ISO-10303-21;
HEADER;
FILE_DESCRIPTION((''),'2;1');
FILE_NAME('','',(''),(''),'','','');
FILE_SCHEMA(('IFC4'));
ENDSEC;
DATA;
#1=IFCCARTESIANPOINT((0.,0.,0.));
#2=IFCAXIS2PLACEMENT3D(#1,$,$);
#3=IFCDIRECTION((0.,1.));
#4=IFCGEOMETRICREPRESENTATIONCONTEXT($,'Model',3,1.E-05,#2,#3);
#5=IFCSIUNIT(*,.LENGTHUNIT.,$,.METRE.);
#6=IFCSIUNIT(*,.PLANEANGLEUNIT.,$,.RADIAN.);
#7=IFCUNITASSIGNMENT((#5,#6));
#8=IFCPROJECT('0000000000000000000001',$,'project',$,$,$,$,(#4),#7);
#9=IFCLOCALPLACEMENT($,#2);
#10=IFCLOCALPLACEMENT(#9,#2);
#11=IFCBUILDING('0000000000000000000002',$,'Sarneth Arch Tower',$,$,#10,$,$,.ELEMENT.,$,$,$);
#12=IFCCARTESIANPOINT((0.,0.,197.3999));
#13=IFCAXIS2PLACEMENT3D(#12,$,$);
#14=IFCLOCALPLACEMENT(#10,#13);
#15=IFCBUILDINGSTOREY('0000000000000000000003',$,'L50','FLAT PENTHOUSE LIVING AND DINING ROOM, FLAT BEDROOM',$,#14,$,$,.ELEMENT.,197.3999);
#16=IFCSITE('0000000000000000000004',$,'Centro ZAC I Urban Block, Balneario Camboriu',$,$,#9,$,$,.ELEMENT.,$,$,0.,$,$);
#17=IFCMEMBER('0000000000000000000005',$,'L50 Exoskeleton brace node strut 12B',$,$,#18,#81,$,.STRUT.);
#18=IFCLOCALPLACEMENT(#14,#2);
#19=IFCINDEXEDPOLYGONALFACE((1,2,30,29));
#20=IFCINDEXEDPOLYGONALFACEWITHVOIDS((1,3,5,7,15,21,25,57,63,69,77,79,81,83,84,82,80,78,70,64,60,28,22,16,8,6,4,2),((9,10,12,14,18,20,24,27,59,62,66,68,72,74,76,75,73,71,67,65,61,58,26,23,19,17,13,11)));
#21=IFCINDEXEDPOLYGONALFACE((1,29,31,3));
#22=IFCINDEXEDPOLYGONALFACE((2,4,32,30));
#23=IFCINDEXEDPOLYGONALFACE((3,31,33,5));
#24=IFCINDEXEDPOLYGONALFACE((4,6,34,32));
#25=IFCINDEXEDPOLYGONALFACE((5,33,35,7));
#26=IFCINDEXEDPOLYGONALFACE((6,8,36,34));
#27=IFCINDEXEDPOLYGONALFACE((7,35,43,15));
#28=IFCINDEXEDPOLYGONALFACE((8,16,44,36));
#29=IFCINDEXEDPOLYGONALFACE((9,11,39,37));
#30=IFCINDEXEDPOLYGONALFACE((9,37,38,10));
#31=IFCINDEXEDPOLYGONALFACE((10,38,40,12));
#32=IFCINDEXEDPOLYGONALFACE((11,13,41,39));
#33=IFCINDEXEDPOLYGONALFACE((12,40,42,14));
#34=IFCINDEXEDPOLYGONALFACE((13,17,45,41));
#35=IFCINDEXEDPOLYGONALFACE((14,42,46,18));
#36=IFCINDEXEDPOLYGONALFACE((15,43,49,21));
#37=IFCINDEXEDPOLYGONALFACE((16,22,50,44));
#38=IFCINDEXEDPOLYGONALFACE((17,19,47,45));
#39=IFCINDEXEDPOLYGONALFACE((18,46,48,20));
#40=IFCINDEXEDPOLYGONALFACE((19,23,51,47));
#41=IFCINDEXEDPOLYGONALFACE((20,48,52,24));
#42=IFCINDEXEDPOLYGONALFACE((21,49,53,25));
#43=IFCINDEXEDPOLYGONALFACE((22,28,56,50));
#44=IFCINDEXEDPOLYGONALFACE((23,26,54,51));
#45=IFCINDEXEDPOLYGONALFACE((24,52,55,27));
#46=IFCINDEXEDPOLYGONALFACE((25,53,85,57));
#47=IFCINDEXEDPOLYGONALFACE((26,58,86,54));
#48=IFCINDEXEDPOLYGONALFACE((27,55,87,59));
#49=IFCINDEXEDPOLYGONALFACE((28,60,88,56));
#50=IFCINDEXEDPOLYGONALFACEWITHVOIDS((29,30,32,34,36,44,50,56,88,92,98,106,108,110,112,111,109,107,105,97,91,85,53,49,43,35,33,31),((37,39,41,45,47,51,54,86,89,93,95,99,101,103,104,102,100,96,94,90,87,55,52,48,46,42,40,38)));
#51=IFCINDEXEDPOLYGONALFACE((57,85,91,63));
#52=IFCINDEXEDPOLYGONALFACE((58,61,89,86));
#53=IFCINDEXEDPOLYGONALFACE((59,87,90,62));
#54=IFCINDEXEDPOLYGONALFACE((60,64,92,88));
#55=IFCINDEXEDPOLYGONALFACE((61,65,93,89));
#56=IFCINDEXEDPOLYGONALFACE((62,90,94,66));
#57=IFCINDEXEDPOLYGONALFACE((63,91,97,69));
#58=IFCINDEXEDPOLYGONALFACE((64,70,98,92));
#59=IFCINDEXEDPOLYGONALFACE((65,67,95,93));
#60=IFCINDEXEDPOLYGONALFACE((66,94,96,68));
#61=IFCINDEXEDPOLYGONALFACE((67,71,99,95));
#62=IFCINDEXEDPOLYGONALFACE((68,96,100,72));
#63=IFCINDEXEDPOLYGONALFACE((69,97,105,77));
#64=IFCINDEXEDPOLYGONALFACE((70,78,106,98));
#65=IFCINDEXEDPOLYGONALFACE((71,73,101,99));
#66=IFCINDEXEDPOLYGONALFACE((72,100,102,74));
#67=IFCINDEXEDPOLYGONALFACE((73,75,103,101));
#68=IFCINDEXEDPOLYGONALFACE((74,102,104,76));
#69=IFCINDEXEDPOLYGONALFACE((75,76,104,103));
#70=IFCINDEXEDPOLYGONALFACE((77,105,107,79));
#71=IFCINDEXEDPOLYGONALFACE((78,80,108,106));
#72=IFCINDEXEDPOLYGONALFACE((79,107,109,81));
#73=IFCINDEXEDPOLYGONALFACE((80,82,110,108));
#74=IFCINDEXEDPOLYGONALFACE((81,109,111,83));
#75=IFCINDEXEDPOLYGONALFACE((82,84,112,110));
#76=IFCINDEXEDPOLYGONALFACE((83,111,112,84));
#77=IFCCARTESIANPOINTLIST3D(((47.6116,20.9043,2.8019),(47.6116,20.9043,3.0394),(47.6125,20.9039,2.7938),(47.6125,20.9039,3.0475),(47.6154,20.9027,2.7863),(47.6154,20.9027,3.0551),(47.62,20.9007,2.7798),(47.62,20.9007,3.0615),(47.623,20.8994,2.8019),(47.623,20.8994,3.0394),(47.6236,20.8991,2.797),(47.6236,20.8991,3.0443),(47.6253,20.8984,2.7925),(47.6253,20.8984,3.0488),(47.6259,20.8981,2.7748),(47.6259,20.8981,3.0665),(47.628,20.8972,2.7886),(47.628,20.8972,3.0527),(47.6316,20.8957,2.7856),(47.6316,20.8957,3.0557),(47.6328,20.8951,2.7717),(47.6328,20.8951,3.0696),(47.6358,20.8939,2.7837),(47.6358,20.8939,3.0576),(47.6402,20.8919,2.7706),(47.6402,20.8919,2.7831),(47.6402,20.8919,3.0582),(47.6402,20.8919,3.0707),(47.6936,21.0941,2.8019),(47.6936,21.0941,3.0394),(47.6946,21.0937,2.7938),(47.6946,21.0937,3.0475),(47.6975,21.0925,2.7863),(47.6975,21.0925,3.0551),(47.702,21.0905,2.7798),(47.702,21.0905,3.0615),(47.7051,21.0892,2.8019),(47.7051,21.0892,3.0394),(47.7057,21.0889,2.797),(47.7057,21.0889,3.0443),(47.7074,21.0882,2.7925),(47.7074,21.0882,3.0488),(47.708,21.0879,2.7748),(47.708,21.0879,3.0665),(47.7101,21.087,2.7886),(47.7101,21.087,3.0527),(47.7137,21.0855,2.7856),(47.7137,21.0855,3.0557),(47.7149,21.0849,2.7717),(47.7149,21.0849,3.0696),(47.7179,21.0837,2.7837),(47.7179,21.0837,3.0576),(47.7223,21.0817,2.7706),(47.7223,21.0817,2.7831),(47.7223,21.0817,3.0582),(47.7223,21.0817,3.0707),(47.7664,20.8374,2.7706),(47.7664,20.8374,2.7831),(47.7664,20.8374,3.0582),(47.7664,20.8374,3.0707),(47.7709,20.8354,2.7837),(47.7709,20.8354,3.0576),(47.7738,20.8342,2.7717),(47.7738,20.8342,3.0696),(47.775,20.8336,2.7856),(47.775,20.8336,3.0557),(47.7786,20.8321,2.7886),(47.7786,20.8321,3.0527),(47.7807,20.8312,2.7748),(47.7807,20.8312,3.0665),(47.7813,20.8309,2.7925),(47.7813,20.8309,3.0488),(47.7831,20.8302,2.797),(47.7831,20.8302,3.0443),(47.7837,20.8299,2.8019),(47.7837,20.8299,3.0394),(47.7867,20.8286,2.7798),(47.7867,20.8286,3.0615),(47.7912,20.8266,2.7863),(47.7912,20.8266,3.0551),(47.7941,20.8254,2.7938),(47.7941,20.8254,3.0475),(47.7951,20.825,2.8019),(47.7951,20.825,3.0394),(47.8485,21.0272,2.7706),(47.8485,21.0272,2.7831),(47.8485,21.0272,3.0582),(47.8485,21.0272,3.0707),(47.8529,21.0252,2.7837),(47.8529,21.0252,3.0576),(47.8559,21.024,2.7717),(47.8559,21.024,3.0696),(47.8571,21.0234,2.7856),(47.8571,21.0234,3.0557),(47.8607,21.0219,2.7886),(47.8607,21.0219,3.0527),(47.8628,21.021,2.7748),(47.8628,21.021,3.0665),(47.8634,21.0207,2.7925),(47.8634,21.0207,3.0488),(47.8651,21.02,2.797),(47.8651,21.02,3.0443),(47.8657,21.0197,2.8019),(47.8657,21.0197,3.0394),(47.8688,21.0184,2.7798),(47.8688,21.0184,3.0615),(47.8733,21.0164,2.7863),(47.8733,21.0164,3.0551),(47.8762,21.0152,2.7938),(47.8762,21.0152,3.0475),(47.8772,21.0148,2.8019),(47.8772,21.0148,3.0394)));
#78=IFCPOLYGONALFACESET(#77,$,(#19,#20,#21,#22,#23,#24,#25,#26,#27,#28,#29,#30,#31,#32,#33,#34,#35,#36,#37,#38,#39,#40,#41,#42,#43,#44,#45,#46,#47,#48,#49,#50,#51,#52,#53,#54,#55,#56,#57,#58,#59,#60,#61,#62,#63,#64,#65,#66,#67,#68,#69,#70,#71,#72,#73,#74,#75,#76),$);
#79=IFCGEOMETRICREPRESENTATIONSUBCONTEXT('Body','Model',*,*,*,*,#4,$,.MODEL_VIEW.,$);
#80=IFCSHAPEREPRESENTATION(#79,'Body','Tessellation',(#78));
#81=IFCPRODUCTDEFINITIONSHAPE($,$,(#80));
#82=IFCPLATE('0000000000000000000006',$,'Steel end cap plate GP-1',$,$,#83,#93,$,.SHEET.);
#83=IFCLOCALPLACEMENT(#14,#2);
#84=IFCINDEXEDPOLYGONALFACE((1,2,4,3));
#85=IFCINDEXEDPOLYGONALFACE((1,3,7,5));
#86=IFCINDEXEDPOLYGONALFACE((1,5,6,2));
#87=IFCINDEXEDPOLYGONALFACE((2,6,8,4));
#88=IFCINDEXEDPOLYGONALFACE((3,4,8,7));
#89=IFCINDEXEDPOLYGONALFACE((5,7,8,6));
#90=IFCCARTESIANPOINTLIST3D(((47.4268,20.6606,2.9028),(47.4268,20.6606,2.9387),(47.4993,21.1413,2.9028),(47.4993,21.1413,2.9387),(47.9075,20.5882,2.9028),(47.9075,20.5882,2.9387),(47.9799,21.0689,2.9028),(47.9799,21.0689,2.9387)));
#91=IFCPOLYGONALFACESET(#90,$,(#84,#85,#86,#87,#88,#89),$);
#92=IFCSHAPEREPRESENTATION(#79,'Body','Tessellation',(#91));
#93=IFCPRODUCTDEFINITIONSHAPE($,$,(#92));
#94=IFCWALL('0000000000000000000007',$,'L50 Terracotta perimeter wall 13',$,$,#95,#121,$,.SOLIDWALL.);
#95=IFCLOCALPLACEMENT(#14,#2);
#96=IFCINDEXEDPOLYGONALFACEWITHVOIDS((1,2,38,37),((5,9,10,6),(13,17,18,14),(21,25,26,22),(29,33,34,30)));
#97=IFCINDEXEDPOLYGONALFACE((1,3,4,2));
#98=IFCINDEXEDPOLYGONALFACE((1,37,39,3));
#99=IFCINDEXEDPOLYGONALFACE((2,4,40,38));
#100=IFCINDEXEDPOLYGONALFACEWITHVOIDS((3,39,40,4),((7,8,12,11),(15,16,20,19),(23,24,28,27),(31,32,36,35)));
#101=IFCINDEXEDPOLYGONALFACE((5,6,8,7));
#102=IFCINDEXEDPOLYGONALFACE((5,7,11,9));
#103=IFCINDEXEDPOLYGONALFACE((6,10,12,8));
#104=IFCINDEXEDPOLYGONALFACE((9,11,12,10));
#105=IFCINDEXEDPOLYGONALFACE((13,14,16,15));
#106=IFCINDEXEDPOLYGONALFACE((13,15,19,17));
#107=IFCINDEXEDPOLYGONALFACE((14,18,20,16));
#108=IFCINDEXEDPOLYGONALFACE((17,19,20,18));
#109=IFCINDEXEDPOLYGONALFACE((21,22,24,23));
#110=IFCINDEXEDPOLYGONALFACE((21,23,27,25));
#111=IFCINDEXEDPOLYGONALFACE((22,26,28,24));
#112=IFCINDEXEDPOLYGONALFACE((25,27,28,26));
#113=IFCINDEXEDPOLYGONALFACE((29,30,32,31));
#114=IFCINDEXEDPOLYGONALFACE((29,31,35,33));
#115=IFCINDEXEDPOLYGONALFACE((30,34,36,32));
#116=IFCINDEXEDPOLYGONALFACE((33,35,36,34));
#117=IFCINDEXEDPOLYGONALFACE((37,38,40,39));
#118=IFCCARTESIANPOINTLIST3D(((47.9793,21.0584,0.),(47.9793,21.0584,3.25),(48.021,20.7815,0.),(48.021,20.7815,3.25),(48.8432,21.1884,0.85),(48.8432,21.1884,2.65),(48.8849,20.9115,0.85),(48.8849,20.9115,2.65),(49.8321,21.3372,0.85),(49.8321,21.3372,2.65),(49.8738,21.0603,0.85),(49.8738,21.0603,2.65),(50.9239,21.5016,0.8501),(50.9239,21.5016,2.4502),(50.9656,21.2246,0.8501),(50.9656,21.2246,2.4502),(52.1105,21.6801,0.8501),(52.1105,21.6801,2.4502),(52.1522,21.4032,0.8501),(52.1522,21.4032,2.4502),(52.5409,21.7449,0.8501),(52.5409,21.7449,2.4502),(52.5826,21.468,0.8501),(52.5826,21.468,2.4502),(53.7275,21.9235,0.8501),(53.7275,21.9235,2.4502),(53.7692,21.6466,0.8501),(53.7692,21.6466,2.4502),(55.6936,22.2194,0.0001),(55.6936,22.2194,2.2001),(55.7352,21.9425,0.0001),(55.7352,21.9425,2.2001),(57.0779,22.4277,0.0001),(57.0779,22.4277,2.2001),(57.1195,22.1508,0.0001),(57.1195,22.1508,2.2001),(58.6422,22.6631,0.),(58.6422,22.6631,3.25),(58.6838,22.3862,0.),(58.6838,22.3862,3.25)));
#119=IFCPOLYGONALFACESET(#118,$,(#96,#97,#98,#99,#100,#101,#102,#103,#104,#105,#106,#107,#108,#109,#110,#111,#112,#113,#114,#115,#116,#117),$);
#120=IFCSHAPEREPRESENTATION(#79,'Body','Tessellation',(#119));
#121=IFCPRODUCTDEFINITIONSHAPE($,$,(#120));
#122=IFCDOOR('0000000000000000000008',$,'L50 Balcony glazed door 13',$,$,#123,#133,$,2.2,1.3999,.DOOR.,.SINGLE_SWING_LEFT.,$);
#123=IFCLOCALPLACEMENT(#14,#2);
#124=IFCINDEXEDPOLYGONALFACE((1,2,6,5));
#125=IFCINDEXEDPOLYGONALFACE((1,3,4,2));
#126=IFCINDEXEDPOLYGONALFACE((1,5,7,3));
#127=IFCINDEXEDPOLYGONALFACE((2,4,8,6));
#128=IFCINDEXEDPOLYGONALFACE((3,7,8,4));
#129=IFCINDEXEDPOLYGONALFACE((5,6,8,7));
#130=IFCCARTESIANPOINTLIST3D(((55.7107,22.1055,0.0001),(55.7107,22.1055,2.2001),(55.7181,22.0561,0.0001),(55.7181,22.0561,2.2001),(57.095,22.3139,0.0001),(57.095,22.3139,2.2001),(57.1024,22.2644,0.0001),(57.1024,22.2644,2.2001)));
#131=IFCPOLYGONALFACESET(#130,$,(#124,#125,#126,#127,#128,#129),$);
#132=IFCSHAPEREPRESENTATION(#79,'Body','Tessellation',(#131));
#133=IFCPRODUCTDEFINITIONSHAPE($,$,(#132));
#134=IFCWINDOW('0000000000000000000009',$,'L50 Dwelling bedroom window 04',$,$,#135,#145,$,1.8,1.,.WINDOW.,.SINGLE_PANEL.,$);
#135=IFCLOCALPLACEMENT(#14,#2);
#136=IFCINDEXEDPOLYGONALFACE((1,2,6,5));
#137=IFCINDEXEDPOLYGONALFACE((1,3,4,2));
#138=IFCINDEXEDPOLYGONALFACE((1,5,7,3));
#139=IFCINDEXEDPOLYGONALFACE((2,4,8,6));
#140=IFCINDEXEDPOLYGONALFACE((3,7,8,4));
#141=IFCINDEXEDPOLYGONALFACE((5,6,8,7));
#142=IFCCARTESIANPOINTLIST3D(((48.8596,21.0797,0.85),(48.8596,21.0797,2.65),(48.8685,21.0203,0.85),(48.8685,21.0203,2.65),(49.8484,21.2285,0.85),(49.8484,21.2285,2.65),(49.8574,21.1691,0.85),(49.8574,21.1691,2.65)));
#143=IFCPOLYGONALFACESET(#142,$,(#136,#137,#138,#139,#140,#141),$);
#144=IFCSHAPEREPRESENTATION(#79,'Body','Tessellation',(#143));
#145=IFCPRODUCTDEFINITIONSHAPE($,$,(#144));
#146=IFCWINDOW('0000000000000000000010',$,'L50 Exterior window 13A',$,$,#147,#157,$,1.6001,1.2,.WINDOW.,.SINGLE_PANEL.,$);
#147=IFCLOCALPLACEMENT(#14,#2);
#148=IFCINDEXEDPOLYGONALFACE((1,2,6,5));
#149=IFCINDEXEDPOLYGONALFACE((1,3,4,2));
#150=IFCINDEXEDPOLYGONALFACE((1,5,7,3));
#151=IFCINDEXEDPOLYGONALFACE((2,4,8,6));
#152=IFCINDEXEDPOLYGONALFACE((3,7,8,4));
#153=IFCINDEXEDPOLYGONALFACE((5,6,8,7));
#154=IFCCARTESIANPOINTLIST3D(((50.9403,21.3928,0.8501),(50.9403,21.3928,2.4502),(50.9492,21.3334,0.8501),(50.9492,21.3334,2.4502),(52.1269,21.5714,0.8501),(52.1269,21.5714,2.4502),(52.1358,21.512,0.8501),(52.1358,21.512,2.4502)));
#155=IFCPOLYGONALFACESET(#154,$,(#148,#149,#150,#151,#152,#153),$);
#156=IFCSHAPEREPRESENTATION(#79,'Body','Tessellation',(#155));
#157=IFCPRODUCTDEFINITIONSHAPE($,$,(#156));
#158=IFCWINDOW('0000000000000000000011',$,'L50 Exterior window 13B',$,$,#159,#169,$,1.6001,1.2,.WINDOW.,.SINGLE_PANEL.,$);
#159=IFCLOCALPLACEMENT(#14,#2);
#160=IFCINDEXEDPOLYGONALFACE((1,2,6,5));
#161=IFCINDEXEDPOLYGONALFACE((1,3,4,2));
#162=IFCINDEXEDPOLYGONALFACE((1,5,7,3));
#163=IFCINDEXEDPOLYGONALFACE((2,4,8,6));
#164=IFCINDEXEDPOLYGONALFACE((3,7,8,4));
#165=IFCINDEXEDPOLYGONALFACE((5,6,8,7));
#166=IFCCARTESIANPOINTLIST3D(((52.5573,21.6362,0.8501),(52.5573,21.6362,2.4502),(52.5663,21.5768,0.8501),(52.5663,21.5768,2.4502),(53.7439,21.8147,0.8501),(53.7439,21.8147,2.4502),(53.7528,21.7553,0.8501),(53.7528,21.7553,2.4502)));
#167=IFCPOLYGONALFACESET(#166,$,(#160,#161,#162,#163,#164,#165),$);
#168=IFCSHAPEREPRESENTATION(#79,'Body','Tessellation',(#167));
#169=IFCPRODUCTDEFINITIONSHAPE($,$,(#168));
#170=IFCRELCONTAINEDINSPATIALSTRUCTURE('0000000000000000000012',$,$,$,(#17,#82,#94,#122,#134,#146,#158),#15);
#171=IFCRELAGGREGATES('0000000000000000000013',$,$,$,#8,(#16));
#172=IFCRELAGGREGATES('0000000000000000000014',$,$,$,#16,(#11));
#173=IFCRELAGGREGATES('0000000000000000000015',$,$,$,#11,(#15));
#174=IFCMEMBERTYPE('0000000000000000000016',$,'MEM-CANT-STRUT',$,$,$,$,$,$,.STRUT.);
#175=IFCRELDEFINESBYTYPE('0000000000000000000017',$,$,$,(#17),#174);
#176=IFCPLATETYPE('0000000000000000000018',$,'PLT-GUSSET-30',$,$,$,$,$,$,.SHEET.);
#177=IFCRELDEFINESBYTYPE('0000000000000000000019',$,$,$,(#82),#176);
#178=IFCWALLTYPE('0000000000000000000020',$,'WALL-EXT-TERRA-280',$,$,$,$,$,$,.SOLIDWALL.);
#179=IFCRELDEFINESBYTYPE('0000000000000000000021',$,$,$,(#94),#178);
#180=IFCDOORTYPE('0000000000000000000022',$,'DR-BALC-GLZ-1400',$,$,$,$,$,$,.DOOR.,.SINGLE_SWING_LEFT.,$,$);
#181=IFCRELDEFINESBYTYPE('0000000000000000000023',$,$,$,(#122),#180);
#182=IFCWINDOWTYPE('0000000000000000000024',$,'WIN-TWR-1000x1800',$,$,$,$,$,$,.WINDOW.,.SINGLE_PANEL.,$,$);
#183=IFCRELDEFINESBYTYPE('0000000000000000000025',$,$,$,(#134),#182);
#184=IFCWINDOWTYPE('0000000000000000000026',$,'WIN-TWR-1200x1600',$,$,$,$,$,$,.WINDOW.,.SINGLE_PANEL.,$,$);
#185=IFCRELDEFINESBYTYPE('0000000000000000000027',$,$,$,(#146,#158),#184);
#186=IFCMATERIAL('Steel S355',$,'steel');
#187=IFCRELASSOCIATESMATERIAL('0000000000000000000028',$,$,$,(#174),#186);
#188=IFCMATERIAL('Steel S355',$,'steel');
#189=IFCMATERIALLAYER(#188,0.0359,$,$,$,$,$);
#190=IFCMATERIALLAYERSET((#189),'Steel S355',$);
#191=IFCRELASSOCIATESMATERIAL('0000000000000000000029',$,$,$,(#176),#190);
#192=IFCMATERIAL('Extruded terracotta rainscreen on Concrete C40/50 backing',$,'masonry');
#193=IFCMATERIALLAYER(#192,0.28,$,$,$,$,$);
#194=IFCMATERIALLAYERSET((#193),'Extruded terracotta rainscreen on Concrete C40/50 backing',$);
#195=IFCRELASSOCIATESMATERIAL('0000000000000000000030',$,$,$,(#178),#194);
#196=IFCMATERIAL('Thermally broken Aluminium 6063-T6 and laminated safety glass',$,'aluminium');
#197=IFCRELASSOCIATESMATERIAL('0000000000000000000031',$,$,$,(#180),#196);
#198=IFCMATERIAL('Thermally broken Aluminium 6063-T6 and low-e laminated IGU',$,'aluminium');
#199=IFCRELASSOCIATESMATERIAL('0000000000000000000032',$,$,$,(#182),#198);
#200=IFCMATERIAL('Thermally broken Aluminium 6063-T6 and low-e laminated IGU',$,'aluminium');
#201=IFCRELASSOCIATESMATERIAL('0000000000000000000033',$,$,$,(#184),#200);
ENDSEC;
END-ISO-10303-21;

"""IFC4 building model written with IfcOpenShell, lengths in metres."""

from ifc_helpers import new_model, si_unit, direction, frame, frame_2d, origin, origin_2d, place, context, subcontext, project, spatial, rectangle, hollow_rectangle, extrude, material, layer, layer_set, material_profile, profile_set, type_object, element, fill, save


model = new_model("IFC4")

# Units and contexts
model_context = context("Model", 3, precision=1e-05, world=origin(), true_north=direction((0.0, 1.0)))
body_context = subcontext(model_context, "Body", "Model", "MODEL_VIEW")
ifc_project = project(units=[si_unit("LENGTHUNIT", "METRE"), si_unit("PLANEANGLEUNIT", "RADIAN")], contexts=[model_context])

# Site, building, storey
site_placement = place(None, origin())
site = spatial("IfcSite", under=ifc_project, at=site_placement, Name="Centro ZAC I Urban Block, Balneario Camboriu", CompositionType="ELEMENT", RefElevation=0.0)
building_placement = place(site_placement, origin())
building = spatial("IfcBuilding", under=site, at=building_placement, Name="Sarneth Arch Tower", CompositionType="ELEMENT")
storey_placement = place(building_placement, frame((0.0, 0.0, 197.3999)))
storey = spatial("IfcBuildingStorey", under=building, at=storey_placement, Name="L50", Description="FLAT PENTHOUSE LIVING AND DINING ROOM, FLAT BEDROOM", CompositionType="ELEMENT", Elevation=197.3999)

# Member
ifc_material_1 = material(Name="Steel S355", Category="steel")
ifc_material_profile_1 = material_profile(ifc_material_1, hollow_rectangle(XDim=0.2, YDim=0.3, WallThickness=0.0125, InnerFilletRadius=0.0188, OuterFilletRadius=0.0312, at=origin_2d()), Name="RHS300x200x12.5")
ifc_profile_set_1 = profile_set([ifc_material_profile_1], Name="Steel S355")
member_type_1 = type_object("IfcMemberType", Name="MEM-CANT-STRUT", PredefinedType="STRUT", material=ifc_profile_set_1)
member_1_placement = place(storey_placement, frame((47.7854, 21.0544, 2.9207), z_axis=(-0.396911, -0.917857, 0.0), x_axis=(0.917857, -0.396911, 0.0)))
element("IfcMember", 1, at=member_1_placement, inside=storey, type_object=member_type_1, Name="L50 Exoskeleton brace node strut 12B", PredefinedType="STRUT", context=body_context, shape_type="SweptSolid", body=[
    extrude(hollow_rectangle(XDim=0.2, YDim=0.3, WallThickness=0.0125, InnerFilletRadius=0.0188, OuterFilletRadius=0.0312, at=origin_2d()), origin(), (0.0, 0.0, 1.0), 0.2068),
])

# Plate
ifc_material_2 = material(Name="Steel S355", Category="steel")
ifc_layer_1 = layer(ifc_material_2, 0.0359)
ifc_layer_set_1 = layer_set([ifc_layer_1], Name="Steel S355")
plate_type = type_object("IfcPlateType", Name="PLT-GUSSET-30", PredefinedType="SHEET", material=ifc_layer_set_1)
plate_placement = place(storey_placement, frame((47.7034, 20.8647, 2.9028), z_axis=(0.0, 0.0, 1.0), x_axis=(0.988835, -0.149018, 0.0)))
element("IfcPlate", 2, at=plate_placement, inside=storey, type_object=plate_type, Name="Steel end cap plate GP-1", PredefinedType="SHEET", context=body_context, shape_type="SweptSolid", body=[
    extrude(rectangle(XDim=0.4861, YDim=0.4861, at=origin_2d()), origin(), (0.0, 0.0, 1.0), 0.0359),
])

# Wall, openings, door, windows
ifc_material_3 = material(Name="Extruded terracotta rainscreen on Concrete C40/50 backing", Category="masonry")
ifc_layer_2 = layer(ifc_material_3, 0.28)
ifc_layer_set_2 = layer_set([ifc_layer_2], Name="Extruded terracotta rainscreen on Concrete C40/50 backing")
wall_type_1 = type_object("IfcWallType", Name="WALL-EXT-TERRA-280", PredefinedType="SOLIDWALL", material=ifc_layer_set_2)
wall_1_placement = place(storey_placement, frame((48.0, 20.9199, 0.0), z_axis=(0.0, 0.0, 1.0), x_axis=(0.988864, 0.148822, 0.0)))
wall_1 = element("IfcWall", 3, at=wall_1_placement, inside=storey, type_object=wall_type_1, Name="L50 Terracotta perimeter wall 13", PredefinedType="SOLIDWALL", context=body_context, shape_type="SweptSolid", body=[
    extrude(rectangle(XDim=10.783, YDim=0.28, at=frame_2d((5.3916, 0.0))), origin(), (0.0, 0.0, 1.0), 3.25),
])
opening_1_placement = place(wall_1_placement, frame((2.9778, 0.0, 0.8501)))
opening_1 = element("IfcOpeningElement", 4, at=opening_1_placement, cuts=wall_1, PredefinedType="OPENING", context=body_context, shape_type="SweptSolid", body=[
    extrude(rectangle(XDim=1.2, YDim=1.6001, at=frame_2d((0.6001, 0.8))), frame((0.0, 0.1499, 0.0), z_axis=(0.0, -1.0, 0.0), x_axis=(1.0, 0.0, 0.0)), (0.0, 0.0, 1.0), 0.3),
])
opening_2_placement = place(wall_1_placement, frame((4.613, 0.0, 0.8501)))
opening_2 = element("IfcOpeningElement", 5, at=opening_2_placement, cuts=wall_1, PredefinedType="OPENING", context=body_context, shape_type="SweptSolid", body=[
    extrude(rectangle(XDim=1.2, YDim=1.6001, at=frame_2d((0.6001, 0.8))), frame((0.0, 0.1499, 0.0), z_axis=(0.0, -1.0, 0.0), x_axis=(1.0, 0.0, 0.0)), (0.0, 0.0, 1.0), 0.3),
])
opening_3_placement = place(wall_1_placement, frame((7.8013, 0.0, 0.0)))
opening_3 = element("IfcOpeningElement", 6, at=opening_3_placement, cuts=wall_1, PredefinedType="OPENING", context=body_context, shape_type="SweptSolid", body=[
    extrude(rectangle(XDim=1.3999, YDim=2.2, at=frame_2d((0.7, 1.1001))), frame((0.0, 0.1499, 0.0), z_axis=(0.0, -1.0, 0.0), x_axis=(1.0, 0.0, 0.0)), (0.0, 0.0, 1.0), 0.3),
])
opening_4_placement = place(wall_1_placement, frame((0.8738, 0.0, 0.8501)))
opening_4 = element("IfcOpeningElement", 7, at=opening_4_placement, cuts=wall_1, PredefinedType="OPENING", context=body_context, shape_type="SweptSolid", body=[
    extrude(rectangle(XDim=1.0, YDim=1.8, at=frame_2d((0.5, 0.8999))), frame((0.0, 0.1499, 0.0), z_axis=(0.0, -1.0, 0.0), x_axis=(1.0, 0.0, 0.0)), (0.0, 0.0, 1.0), 0.3),
])
ifc_material_4 = material(Name="Thermally broken Aluminium 6063-T6 and laminated safety glass", Category="aluminium")
door_type_1 = type_object("IfcDoorType", Name="DR-BALC-GLZ-1400", OperationType="SINGLE_SWING_LEFT", PredefinedType="DOOR", material=ifc_material_4)
door_1_placement = place(opening_3_placement, origin())
door_1 = element("IfcDoor", 8, at=door_1_placement, inside=storey, type_object=door_type_1, Name="L50 Balcony glazed door 13", OperationType="SINGLE_SWING_LEFT", OverallHeight=2.2, OverallWidth=1.3999, PredefinedType="DOOR", context=body_context, shape_type="SweptSolid", body=[
    extrude(rectangle(XDim=1.3999, YDim=2.2, at=frame_2d((0.7, 1.1001))), frame((0.0, 0.0249, 0.0), z_axis=(0.0, -1.0, 0.0), x_axis=(1.0, 0.0, 0.0)), (0.0, 0.0, 1.0), 0.05),
])
fill(opening_3, door_1)
ifc_material_5 = material(Name="Thermally broken Aluminium 6063-T6 and low-e laminated IGU", Category="aluminium")
window_type_1 = type_object("IfcWindowType", Name="WIN-TWR-1000x1800", PartitioningType="SINGLE_PANEL", PredefinedType="WINDOW", material=ifc_material_5)
window_1_placement = place(opening_4_placement, origin())
window_1 = element("IfcWindow", 9, at=window_1_placement, inside=storey, type_object=window_type_1, Name="L50 Dwelling bedroom window 04", OverallHeight=1.8, OverallWidth=1.0, PartitioningType="SINGLE_PANEL", PredefinedType="WINDOW", context=body_context, shape_type="SweptSolid", body=[
    extrude(rectangle(XDim=1.0, YDim=1.8, at=frame_2d((0.5, 0.8999))), frame((0.0, 0.03, 0.0), z_axis=(0.0, -1.0, 0.0), x_axis=(1.0, 0.0, 0.0)), (0.0, 0.0, 1.0), 0.0601),
])
fill(opening_4, window_1)
ifc_material_6 = material(Name="Thermally broken Aluminium 6063-T6 and low-e laminated IGU", Category="aluminium")
window_type_2 = type_object("IfcWindowType", Name="WIN-TWR-1200x1600", PartitioningType="SINGLE_PANEL", PredefinedType="WINDOW", material=ifc_material_6)
window_2_placement = place(opening_1_placement, origin())
window_2 = element("IfcWindow", 10, at=window_2_placement, inside=storey, type_object=window_type_2, Name="L50 Exterior window 13A", OverallHeight=1.6001, OverallWidth=1.2, PartitioningType="SINGLE_PANEL", PredefinedType="WINDOW", context=body_context, shape_type="SweptSolid", body=[
    extrude(rectangle(XDim=1.2, YDim=1.6001, at=frame_2d((0.6001, 0.8))), frame((0.0, 0.03, 0.0), z_axis=(0.0, -1.0, 0.0), x_axis=(1.0, 0.0, 0.0)), (0.0, 0.0, 1.0), 0.0601),
])
fill(opening_1, window_2)
window_3_placement = place(opening_2_placement, origin())
window_3 = element("IfcWindow", 11, at=window_3_placement, inside=storey, type_object=window_type_2, Name="L50 Exterior window 13B", OverallHeight=1.6001, OverallWidth=1.2, PartitioningType="SINGLE_PANEL", PredefinedType="WINDOW", context=body_context, shape_type="SweptSolid", body=[
    extrude(rectangle(XDim=1.2, YDim=1.6001, at=frame_2d((0.6001, 0.8))), frame((0.0, 0.03, 0.0), z_axis=(0.0, -1.0, 0.0), x_axis=(1.0, 0.0, 0.0)), (0.0, 0.0, 1.0), 0.0601),
])
fill(opening_2, window_3)

save(model, "model.ifc")
